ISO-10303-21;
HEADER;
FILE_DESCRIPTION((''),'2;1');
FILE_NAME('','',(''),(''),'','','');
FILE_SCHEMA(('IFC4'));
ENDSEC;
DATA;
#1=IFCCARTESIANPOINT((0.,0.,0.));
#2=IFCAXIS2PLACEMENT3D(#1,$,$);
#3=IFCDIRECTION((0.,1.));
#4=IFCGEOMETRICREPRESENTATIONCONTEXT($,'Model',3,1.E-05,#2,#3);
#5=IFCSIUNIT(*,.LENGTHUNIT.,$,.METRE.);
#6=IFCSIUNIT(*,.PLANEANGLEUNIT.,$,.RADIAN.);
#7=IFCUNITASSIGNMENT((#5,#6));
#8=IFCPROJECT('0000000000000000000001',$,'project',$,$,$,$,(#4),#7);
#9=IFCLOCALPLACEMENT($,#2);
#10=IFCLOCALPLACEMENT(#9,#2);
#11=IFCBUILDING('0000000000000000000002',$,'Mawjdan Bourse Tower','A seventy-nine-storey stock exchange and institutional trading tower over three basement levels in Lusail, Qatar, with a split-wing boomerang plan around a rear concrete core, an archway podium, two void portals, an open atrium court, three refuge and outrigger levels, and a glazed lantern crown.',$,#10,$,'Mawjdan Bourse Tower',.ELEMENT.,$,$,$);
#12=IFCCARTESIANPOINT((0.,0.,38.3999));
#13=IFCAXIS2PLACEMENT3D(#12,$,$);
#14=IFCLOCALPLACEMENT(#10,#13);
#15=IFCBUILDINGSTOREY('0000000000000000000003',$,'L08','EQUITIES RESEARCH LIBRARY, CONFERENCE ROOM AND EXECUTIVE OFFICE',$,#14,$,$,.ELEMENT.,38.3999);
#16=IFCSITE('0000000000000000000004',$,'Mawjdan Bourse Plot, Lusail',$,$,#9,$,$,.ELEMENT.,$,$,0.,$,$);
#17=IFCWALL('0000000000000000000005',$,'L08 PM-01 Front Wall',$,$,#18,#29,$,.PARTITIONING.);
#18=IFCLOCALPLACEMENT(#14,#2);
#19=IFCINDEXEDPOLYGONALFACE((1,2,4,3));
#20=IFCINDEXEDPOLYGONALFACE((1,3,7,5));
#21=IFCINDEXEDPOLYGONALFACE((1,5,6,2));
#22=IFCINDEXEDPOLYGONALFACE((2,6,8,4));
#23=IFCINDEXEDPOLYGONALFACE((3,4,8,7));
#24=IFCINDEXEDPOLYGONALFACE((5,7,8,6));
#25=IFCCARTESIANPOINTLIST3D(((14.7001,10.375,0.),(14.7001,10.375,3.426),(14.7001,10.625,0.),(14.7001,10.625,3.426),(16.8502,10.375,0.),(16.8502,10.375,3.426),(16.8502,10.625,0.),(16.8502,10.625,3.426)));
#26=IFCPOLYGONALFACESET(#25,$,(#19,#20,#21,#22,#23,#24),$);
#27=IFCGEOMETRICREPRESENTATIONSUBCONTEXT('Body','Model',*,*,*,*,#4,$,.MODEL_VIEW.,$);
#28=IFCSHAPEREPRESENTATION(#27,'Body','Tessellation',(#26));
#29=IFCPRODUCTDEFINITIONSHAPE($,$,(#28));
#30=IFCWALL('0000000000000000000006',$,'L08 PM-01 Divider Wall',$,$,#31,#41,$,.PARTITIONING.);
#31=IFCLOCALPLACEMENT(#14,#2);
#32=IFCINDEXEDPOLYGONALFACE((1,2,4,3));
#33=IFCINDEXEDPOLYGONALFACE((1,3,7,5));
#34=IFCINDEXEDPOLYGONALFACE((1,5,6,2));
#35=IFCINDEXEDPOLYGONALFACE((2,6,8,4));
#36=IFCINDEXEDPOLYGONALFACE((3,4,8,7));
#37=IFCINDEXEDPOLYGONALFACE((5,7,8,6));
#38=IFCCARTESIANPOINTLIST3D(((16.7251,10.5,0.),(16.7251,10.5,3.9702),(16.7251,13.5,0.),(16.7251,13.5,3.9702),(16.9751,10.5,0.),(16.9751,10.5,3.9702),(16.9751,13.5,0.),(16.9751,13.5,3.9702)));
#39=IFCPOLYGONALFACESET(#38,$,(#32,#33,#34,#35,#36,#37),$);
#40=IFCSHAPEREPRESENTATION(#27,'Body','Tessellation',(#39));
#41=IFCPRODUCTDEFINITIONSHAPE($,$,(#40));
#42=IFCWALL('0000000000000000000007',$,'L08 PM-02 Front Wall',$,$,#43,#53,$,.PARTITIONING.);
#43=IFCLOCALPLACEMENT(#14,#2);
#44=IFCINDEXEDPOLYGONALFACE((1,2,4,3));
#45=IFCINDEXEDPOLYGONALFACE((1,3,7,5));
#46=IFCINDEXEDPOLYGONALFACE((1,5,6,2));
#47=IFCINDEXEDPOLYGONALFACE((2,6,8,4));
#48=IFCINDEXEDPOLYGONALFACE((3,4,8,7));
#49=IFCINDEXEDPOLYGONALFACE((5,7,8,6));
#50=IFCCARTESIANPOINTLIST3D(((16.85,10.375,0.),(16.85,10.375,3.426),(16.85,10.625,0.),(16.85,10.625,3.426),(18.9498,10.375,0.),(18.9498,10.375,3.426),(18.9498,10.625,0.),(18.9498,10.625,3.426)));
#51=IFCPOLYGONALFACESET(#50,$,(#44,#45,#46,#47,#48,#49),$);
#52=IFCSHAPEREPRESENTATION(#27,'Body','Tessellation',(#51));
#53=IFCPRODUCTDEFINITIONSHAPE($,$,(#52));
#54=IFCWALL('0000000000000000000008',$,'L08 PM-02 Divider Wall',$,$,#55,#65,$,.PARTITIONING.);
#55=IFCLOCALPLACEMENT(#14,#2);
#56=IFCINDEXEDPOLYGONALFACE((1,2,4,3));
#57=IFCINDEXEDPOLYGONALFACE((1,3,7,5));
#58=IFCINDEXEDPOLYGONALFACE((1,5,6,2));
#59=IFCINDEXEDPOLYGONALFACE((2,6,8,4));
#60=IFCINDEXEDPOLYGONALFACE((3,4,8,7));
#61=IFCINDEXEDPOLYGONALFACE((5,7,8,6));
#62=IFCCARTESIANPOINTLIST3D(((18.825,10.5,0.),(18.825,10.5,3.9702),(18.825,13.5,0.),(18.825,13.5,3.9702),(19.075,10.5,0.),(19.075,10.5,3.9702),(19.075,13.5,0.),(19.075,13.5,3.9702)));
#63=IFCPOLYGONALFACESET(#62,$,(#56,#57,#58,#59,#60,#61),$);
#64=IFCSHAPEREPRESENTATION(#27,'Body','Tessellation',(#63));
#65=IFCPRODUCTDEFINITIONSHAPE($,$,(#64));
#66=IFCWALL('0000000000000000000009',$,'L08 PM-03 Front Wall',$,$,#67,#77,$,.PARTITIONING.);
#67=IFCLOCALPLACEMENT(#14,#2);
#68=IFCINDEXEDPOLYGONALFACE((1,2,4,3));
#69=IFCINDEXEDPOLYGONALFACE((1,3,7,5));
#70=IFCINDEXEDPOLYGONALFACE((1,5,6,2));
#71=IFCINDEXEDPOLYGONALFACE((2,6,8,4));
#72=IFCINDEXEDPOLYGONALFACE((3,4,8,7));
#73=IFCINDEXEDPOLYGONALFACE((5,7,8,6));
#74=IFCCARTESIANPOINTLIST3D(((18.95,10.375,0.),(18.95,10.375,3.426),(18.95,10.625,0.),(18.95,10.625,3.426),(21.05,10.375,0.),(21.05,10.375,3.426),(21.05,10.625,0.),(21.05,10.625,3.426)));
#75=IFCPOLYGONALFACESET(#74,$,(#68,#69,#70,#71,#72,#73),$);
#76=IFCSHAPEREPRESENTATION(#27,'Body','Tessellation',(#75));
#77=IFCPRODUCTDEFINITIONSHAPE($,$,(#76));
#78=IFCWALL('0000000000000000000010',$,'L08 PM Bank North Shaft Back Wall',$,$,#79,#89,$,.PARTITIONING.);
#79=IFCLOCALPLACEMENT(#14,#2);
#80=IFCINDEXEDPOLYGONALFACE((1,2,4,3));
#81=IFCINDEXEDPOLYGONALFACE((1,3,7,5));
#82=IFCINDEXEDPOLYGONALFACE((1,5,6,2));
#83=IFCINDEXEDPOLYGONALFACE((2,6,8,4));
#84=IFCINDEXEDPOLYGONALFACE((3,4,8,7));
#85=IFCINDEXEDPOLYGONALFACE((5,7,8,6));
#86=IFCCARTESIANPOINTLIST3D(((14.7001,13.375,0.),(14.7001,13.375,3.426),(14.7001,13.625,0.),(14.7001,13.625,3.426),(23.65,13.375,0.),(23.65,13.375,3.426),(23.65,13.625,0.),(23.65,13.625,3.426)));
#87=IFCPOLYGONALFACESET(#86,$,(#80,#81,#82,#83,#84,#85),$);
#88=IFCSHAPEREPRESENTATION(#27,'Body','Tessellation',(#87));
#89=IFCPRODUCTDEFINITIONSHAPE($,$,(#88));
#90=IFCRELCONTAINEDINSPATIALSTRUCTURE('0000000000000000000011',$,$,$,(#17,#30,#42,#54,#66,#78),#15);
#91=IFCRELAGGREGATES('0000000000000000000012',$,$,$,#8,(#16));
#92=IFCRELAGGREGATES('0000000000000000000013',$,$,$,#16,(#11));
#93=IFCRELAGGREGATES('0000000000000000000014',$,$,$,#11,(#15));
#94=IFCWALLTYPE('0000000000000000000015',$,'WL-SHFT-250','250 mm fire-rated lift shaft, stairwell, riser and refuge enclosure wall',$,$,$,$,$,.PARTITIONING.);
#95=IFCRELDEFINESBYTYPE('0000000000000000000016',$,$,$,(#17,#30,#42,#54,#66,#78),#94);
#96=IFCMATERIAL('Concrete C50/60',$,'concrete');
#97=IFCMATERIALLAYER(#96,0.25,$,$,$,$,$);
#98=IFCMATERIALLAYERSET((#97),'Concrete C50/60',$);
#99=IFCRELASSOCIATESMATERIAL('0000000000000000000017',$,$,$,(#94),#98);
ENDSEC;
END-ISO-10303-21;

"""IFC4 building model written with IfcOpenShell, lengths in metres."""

from ifc_helpers import new_model, si_unit, direction, frame, frame_2d, origin, place, context, subcontext, project, spatial, rectangle, extrude, material, layer, layer_set, type_object, element, save


model = new_model("IFC4")

# Units and contexts
model_context = context("Model", 3, precision=1e-05, world=origin(), true_north=direction((0.0, 1.0)))
body_context = subcontext(model_context, "Body", "Model", "MODEL_VIEW")
ifc_project = project(units=[si_unit("LENGTHUNIT", "METRE"), si_unit("PLANEANGLEUNIT", "RADIAN")], contexts=[model_context])

# Site, building, storey
site_placement = place(None, origin())
site = spatial("IfcSite", under=ifc_project, at=site_placement, Name="Mawjdan Bourse Plot, Lusail", CompositionType="ELEMENT", RefElevation=0.0)
building_placement = place(site_placement, origin())
building = spatial("IfcBuilding", under=site, at=building_placement, Name="Mawjdan Bourse Tower", Description="A seventy-nine-storey stock exchange and institutional trading tower over three basement levels in Lusail, Qatar, with a split-wing boomerang plan around a rear concrete core, an archway podium, two void portals, an open atrium court, three refuge and outrigger levels, and a glazed lantern crown.", LongName="Mawjdan Bourse Tower", CompositionType="ELEMENT")
storey_placement = place(building_placement, frame((0.0, 0.0, 38.3999)))
storey = spatial("IfcBuildingStorey", under=building, at=storey_placement, Name="L08", Description="EQUITIES RESEARCH LIBRARY, CONFERENCE ROOM AND EXECUTIVE OFFICE", CompositionType="ELEMENT", Elevation=38.3999)

# Shared definitions
ifc_material_1 = material(Name="Concrete C50/60", Category="concrete")
ifc_layer_1 = layer(ifc_material_1, 0.25)
ifc_layer_set_1 = layer_set([ifc_layer_1], Name="Concrete C50/60")
wall_type_1 = type_object("IfcWallType", Name="WL-SHFT-250", Description="250 mm fire-rated lift shaft, stairwell, riser and refuge enclosure wall", PredefinedType="PARTITIONING", material=ifc_layer_set_1)

# Walls
wall_1_placement = place(storey_placement, frame((14.7, 10.5, 0.0), z_axis=(0.0, 0.0, 1.0), x_axis=(1.0, 0.0, 0.0)))
element("IfcWall", 1, at=wall_1_placement, inside=storey, type_object=wall_type_1, Name="L08 PM-01 Front Wall", PredefinedType="PARTITIONING", context=body_context, shape_type="SweptSolid", body=[
    extrude(rectangle(XDim=2.1501, YDim=0.25, at=frame_2d((1.0752, 0.0))), origin(), (0.0, 0.0, 1.0), 3.426),
])
wall_2_placement = place(storey_placement, frame((16.8501, 10.5, 0.0), z_axis=(0.0, 0.0, 1.0), x_axis=(0.0, 1.0, 0.0)))
element("IfcWall", 2, at=wall_2_placement, inside=storey, type_object=wall_type_1, Name="L08 PM-01 Divider Wall", PredefinedType="PARTITIONING", context=body_context, shape_type="SweptSolid", body=[
    extrude(rectangle(XDim=3.0, YDim=0.25, at=frame_2d((1.5, 0.0))), origin(), (0.0, 0.0, 1.0), 3.9702),
])
wall_3_placement = place(storey_placement, frame((16.8501, 10.5, 0.0), z_axis=(0.0, 0.0, 1.0), x_axis=(1.0, 0.0, 0.0)))
element("IfcWall", 3, at=wall_3_placement, inside=storey, type_object=wall_type_1, Name="L08 PM-02 Front Wall", PredefinedType="PARTITIONING", context=body_context, shape_type="SweptSolid", body=[
    extrude(rectangle(XDim=2.0999, YDim=0.25, at=frame_2d((1.0498, 0.0))), origin(), (0.0, 0.0, 1.0), 3.426),
])
wall_4_placement = place(storey_placement, frame((18.95, 10.5, 0.0), z_axis=(0.0, 0.0, 1.0), x_axis=(0.0, 1.0, 0.0)))
element("IfcWall", 4, at=wall_4_placement, inside=storey, type_object=wall_type_1, Name="L08 PM-02 Divider Wall", PredefinedType="PARTITIONING", context=body_context, shape_type="SweptSolid", body=[
    extrude(rectangle(XDim=3.0, YDim=0.25, at=frame_2d((1.5, 0.0))), origin(), (0.0, 0.0, 1.0), 3.9702),
])
wall_5_placement = place(storey_placement, frame((18.95, 10.5, 0.0), z_axis=(0.0, 0.0, 1.0), x_axis=(1.0, 0.0, 0.0)))
element("IfcWall", 5, at=wall_5_placement, inside=storey, type_object=wall_type_1, Name="L08 PM-03 Front Wall", PredefinedType="PARTITIONING", context=body_context, shape_type="SweptSolid", body=[
    extrude(rectangle(XDim=2.1001, YDim=0.25, at=frame_2d((1.05, 0.0))), origin(), (0.0, 0.0, 1.0), 3.426),
])
wall_6_placement = place(storey_placement, frame((14.7, 13.5, 0.0), z_axis=(0.0, 0.0, 1.0), x_axis=(1.0, 0.0, 0.0)))
element("IfcWall", 6, at=wall_6_placement, inside=storey, type_object=wall_type_1, Name="L08 PM Bank North Shaft Back Wall", PredefinedType="PARTITIONING", context=body_context, shape_type="SweptSolid", body=[
    extrude(rectangle(XDim=8.95, YDim=0.25, at=frame_2d((4.4751, 0.0))), origin(), (0.0, 0.0, 1.0), 3.426),
])

save(model, "model.ifc")
